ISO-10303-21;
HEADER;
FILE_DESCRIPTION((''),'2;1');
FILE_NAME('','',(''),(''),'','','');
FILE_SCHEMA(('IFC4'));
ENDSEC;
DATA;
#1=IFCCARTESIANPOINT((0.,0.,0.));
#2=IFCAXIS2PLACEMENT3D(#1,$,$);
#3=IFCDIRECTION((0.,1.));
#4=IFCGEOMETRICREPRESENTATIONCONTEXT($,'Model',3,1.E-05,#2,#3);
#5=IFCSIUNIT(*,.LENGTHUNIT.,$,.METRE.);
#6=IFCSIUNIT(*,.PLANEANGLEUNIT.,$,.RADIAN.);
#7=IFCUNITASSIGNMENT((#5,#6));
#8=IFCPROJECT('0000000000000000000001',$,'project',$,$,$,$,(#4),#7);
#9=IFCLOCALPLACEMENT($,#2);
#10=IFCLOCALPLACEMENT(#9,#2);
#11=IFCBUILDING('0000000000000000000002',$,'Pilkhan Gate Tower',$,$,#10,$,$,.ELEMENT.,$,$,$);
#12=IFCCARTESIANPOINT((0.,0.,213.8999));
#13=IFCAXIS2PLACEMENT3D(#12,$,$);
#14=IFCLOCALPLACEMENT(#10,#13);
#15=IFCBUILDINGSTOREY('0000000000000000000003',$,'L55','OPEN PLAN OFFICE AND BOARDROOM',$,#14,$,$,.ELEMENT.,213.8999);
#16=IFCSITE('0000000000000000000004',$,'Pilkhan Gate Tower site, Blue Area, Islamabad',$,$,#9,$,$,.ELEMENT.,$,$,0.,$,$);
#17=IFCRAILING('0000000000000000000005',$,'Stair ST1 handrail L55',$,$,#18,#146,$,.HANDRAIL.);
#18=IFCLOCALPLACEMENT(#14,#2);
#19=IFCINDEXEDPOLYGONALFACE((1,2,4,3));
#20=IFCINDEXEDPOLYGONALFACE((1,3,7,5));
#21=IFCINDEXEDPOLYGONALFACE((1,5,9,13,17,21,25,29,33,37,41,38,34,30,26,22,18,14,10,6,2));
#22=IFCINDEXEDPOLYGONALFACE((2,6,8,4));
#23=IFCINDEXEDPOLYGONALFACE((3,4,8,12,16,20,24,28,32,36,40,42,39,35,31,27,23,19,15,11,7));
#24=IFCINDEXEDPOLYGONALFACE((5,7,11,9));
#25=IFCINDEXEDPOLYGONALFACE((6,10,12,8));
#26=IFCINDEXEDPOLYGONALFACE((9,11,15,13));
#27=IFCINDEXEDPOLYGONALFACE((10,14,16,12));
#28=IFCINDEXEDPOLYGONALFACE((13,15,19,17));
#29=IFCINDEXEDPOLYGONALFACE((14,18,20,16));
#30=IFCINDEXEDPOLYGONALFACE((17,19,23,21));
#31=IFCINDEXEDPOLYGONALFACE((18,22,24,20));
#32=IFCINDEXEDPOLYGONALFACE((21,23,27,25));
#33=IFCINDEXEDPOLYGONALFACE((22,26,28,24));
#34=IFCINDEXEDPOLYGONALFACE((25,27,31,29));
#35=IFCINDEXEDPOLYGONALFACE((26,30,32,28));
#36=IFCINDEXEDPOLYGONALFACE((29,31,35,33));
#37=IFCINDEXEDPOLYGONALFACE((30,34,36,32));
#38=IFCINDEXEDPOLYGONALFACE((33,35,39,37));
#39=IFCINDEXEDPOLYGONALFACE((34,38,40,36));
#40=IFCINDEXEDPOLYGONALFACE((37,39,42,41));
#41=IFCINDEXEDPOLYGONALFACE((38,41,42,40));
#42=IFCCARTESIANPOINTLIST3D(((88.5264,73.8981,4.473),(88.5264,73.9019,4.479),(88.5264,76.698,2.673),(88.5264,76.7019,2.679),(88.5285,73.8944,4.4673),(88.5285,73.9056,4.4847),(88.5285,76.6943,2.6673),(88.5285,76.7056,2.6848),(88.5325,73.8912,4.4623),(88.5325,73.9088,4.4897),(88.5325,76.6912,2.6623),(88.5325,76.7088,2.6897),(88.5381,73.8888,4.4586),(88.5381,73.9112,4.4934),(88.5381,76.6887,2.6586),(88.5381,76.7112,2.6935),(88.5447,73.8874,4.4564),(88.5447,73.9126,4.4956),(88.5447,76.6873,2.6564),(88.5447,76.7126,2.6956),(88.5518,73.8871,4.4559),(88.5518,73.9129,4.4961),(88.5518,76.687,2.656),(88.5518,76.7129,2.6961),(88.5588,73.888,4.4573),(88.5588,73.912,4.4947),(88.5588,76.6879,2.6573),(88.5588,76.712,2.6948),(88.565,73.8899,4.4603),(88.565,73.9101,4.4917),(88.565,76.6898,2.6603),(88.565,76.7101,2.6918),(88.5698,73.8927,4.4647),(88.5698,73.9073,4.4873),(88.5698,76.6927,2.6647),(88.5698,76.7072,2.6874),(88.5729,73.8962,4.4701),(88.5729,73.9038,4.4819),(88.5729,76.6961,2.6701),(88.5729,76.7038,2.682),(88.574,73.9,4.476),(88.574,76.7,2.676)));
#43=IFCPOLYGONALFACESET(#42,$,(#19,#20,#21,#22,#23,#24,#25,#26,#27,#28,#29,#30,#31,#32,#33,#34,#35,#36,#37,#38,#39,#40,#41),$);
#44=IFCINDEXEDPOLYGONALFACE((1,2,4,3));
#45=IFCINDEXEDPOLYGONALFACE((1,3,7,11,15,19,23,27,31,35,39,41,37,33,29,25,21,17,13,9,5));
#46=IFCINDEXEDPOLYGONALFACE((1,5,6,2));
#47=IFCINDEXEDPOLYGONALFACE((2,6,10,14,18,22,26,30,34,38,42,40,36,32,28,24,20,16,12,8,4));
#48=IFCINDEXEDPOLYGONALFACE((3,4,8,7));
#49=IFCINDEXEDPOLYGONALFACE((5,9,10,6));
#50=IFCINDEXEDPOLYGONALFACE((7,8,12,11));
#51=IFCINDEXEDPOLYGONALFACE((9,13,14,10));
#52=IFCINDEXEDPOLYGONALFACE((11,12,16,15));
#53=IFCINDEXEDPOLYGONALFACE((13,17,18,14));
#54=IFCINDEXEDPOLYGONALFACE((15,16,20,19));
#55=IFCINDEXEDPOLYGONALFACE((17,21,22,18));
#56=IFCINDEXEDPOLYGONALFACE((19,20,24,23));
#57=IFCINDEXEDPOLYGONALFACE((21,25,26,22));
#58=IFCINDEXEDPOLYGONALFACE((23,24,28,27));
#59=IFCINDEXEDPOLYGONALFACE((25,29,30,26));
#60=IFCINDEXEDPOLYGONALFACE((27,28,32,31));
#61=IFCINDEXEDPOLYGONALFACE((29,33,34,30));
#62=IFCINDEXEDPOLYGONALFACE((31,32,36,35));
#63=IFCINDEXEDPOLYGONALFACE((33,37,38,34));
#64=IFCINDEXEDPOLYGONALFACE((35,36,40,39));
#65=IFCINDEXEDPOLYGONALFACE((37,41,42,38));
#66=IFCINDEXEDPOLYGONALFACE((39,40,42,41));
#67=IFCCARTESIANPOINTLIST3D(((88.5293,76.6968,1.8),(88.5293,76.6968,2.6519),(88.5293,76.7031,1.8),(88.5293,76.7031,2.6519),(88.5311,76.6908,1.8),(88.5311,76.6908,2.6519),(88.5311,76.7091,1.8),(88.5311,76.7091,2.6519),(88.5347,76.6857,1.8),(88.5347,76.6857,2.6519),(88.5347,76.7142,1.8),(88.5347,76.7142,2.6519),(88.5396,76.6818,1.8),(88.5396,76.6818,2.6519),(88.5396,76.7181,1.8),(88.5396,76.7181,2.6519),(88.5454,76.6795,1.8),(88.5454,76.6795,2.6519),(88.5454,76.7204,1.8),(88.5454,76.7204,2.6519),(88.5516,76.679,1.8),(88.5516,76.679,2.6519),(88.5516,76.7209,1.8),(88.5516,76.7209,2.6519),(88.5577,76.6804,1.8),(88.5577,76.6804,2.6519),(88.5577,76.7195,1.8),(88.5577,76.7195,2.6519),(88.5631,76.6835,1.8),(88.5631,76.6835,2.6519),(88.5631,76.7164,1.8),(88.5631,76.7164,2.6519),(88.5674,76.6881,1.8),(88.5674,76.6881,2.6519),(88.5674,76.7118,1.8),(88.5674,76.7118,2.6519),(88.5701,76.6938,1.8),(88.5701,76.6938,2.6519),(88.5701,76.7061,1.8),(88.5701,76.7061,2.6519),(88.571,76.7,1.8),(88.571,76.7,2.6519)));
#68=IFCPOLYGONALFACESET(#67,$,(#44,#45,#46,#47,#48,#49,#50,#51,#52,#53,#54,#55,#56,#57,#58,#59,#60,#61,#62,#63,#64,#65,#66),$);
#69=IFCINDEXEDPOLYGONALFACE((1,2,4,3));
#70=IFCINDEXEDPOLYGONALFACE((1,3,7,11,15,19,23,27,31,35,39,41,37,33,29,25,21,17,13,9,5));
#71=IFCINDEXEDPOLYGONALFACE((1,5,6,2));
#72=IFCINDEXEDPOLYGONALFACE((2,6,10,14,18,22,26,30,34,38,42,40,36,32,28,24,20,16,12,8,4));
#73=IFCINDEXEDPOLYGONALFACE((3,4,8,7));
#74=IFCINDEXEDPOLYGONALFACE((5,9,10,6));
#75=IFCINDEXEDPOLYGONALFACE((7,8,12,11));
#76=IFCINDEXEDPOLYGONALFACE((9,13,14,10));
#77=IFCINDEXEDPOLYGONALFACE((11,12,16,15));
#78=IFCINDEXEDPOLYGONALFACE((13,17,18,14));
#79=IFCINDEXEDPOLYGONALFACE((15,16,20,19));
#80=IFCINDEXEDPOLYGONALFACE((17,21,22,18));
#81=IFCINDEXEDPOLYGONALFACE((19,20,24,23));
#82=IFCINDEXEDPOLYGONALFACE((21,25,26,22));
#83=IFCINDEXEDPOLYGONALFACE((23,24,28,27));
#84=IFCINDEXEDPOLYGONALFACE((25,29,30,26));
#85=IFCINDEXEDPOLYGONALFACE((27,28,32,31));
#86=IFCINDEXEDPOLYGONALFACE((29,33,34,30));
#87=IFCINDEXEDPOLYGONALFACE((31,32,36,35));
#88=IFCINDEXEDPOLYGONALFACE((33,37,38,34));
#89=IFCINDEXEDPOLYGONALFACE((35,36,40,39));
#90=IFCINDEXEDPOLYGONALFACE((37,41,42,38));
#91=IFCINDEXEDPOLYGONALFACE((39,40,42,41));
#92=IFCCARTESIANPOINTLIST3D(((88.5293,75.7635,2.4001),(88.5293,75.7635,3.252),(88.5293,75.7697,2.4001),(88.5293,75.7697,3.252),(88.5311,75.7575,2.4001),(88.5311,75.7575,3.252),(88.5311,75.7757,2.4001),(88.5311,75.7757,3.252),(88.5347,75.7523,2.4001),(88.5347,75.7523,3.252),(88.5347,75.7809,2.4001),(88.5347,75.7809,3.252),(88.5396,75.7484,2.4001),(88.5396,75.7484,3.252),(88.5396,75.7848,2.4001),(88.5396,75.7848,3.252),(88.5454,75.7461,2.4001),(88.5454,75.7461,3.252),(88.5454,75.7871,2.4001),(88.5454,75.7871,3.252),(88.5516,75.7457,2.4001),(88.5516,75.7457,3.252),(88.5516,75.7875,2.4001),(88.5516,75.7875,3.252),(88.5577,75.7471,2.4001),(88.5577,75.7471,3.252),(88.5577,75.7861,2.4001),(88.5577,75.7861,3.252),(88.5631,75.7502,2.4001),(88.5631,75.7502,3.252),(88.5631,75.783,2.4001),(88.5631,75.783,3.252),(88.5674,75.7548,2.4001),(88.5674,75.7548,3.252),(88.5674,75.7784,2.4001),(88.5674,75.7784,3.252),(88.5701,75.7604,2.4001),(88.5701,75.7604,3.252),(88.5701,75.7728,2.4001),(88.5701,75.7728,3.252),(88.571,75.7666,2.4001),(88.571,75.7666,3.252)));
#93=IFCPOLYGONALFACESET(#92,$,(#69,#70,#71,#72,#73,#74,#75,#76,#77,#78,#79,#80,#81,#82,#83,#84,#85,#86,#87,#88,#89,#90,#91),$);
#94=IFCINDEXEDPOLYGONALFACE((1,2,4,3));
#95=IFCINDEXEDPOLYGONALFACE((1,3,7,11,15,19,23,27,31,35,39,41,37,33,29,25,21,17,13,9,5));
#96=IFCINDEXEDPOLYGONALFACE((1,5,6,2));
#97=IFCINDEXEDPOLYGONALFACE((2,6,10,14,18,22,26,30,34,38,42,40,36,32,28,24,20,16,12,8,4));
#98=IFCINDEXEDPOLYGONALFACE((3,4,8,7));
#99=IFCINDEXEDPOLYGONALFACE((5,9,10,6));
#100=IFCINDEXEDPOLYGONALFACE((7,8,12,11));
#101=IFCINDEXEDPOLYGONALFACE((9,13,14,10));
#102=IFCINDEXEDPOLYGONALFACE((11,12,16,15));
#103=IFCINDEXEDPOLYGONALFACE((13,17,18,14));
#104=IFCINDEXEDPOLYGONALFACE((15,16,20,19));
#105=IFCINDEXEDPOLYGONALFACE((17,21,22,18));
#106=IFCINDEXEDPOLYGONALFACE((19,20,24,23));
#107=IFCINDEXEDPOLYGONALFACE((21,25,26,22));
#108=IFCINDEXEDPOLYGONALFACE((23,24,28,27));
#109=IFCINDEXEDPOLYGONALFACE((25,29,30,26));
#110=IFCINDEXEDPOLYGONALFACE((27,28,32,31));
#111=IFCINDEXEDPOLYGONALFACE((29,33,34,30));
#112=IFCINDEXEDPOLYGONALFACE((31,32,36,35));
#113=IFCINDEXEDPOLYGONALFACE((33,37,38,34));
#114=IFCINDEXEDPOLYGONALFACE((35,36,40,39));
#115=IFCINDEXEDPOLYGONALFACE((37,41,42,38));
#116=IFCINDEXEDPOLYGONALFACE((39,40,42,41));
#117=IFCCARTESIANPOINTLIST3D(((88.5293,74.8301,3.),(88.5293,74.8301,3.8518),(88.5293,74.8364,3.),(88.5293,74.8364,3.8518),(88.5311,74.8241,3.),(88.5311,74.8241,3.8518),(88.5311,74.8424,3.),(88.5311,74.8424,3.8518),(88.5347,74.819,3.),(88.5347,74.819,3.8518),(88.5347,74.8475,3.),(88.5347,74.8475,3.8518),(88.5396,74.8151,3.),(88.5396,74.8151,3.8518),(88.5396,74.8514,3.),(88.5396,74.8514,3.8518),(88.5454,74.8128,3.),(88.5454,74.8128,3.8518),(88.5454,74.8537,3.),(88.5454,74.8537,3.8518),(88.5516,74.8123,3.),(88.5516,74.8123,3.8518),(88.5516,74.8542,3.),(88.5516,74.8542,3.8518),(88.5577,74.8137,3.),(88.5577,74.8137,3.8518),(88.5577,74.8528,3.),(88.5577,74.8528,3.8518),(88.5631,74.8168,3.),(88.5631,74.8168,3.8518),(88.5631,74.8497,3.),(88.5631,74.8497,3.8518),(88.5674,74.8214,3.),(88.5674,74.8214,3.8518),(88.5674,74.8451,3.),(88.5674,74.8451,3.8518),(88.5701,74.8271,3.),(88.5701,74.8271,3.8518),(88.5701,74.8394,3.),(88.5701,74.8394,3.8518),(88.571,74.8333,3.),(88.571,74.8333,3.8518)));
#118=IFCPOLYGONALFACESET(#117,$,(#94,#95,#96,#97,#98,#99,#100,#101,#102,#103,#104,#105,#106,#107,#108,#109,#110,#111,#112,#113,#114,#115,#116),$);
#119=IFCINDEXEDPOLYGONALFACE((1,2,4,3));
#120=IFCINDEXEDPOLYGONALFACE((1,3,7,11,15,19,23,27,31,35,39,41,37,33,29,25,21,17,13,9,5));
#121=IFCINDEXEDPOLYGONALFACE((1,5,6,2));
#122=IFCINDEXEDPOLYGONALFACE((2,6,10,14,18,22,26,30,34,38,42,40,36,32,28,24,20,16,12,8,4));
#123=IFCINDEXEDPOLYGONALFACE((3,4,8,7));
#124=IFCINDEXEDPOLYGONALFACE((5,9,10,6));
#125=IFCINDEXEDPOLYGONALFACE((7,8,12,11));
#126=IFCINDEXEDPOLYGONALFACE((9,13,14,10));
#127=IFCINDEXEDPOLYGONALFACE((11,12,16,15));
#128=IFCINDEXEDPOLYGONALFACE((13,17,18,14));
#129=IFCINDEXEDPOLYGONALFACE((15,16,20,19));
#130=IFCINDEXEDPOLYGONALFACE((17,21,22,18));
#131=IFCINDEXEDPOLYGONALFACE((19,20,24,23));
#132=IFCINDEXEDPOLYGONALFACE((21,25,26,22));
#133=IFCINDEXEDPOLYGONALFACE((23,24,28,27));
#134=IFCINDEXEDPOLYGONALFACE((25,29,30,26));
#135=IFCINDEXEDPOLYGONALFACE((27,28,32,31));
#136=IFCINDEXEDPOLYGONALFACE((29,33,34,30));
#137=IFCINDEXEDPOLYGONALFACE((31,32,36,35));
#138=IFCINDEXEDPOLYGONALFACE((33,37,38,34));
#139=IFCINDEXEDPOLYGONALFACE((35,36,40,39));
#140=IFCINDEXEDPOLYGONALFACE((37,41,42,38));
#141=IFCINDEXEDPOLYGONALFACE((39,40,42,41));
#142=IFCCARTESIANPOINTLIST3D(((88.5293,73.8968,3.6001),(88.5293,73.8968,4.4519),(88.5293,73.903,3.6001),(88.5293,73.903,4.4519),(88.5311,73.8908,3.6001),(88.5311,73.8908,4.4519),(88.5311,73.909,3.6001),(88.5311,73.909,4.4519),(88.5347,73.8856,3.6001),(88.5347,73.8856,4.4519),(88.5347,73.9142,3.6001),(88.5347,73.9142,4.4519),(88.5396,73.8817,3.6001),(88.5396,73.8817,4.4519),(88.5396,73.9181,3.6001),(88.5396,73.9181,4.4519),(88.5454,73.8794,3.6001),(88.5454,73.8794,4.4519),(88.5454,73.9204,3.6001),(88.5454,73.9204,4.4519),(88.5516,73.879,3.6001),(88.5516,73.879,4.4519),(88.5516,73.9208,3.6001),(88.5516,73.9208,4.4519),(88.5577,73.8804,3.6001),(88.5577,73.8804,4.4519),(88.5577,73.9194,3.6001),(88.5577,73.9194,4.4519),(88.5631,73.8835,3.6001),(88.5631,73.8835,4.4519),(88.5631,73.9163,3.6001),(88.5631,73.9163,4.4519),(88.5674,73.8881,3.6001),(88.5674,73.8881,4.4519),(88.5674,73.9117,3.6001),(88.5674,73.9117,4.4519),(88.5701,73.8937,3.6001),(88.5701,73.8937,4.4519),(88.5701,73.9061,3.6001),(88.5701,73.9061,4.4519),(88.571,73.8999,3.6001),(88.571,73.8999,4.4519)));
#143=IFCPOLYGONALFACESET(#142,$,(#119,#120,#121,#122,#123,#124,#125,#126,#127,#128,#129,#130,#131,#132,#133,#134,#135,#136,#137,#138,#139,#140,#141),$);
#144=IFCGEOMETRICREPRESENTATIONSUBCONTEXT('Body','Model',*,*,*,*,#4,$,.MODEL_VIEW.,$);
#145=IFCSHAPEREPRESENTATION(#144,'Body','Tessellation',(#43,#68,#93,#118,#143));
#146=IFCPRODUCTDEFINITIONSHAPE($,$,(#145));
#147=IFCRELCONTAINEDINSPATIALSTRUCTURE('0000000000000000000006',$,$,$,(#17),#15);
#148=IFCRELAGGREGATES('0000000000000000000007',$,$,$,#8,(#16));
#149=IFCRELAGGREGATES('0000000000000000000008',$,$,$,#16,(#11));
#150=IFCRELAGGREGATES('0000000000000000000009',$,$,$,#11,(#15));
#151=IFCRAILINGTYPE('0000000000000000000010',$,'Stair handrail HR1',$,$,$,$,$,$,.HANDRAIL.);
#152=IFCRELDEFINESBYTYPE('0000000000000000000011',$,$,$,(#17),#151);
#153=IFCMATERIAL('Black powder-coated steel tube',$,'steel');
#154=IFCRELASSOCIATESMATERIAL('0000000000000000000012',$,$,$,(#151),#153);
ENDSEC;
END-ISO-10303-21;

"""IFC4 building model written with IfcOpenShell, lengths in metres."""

from ifc_helpers import new_model, si_unit, direction, frame, origin, origin_2d, place, context, subcontext, project, spatial, circle, extrude, material, type_object, element, save


model = new_model("IFC4")

# Units and contexts
model_context = context("Model", 3, precision=1e-05, world=origin(), true_north=direction((0.0, 1.0)))
body_context = subcontext(model_context, "Body", "Model", "MODEL_VIEW")
ifc_project = project(units=[si_unit("LENGTHUNIT", "METRE"), si_unit("PLANEANGLEUNIT", "RADIAN")], contexts=[model_context])

# Site, building, storey
site_placement = place(None, origin())
site = spatial("IfcSite", under=ifc_project, at=site_placement, Name="Pilkhan Gate Tower site, Blue Area, Islamabad", CompositionType="ELEMENT", RefElevation=0.0)
building_placement = place(site_placement, origin())
building = spatial("IfcBuilding", under=site, at=building_placement, Name="Pilkhan Gate Tower", CompositionType="ELEMENT")
storey_placement = place(building_placement, frame((0.0, 0.0, 213.8999)))
storey = spatial("IfcBuildingStorey", under=building, at=storey_placement, Name="L55", Description="OPEN PLAN OFFICE AND BOARDROOM", CompositionType="ELEMENT", Elevation=213.8999)

# Railing
ifc_material_1 = material(Name="Black powder-coated steel tube", Category="steel")
railing_type_1 = type_object("IfcRailingType", Name="Stair handrail HR1", PredefinedType="HANDRAIL", material=ifc_material_1)
railing_1_placement = place(storey_placement, frame((88.55, 76.7, 1.8)))
element("IfcRailing", 1, at=railing_1_placement, inside=storey, type_object=railing_type_1, Name="Stair ST1 handrail L55", PredefinedType="HANDRAIL", context=body_context, shape_type="SweptSolid", body=[
    extrude(circle(Radius=0.0239, at=origin_2d()), frame((0.0, 0.0, 0.876), z_axis=(0.0, -0.841176, 0.540761), x_axis=(1.0, 0.0, 0.0)), (0.0, 0.0, 1.0), 3.3286),
    extrude(circle(Radius=0.021, at=origin_2d()), origin(), (0.0, 0.0, 1.0), 0.8518),
    extrude(circle(Radius=0.021, at=origin_2d()), frame((0.0, -0.9333, 0.6001)), (0.0, 0.0, 1.0), 0.8518),
    extrude(circle(Radius=0.021, at=origin_2d()), frame((0.0, -1.8667, 1.2)), (0.0, 0.0, 1.0), 0.8518),
    extrude(circle(Radius=0.021, at=origin_2d()), frame((0.0, -2.8, 1.8)), (0.0, 0.0, 1.0), 0.8518),
])

save(model, "model.ifc")
